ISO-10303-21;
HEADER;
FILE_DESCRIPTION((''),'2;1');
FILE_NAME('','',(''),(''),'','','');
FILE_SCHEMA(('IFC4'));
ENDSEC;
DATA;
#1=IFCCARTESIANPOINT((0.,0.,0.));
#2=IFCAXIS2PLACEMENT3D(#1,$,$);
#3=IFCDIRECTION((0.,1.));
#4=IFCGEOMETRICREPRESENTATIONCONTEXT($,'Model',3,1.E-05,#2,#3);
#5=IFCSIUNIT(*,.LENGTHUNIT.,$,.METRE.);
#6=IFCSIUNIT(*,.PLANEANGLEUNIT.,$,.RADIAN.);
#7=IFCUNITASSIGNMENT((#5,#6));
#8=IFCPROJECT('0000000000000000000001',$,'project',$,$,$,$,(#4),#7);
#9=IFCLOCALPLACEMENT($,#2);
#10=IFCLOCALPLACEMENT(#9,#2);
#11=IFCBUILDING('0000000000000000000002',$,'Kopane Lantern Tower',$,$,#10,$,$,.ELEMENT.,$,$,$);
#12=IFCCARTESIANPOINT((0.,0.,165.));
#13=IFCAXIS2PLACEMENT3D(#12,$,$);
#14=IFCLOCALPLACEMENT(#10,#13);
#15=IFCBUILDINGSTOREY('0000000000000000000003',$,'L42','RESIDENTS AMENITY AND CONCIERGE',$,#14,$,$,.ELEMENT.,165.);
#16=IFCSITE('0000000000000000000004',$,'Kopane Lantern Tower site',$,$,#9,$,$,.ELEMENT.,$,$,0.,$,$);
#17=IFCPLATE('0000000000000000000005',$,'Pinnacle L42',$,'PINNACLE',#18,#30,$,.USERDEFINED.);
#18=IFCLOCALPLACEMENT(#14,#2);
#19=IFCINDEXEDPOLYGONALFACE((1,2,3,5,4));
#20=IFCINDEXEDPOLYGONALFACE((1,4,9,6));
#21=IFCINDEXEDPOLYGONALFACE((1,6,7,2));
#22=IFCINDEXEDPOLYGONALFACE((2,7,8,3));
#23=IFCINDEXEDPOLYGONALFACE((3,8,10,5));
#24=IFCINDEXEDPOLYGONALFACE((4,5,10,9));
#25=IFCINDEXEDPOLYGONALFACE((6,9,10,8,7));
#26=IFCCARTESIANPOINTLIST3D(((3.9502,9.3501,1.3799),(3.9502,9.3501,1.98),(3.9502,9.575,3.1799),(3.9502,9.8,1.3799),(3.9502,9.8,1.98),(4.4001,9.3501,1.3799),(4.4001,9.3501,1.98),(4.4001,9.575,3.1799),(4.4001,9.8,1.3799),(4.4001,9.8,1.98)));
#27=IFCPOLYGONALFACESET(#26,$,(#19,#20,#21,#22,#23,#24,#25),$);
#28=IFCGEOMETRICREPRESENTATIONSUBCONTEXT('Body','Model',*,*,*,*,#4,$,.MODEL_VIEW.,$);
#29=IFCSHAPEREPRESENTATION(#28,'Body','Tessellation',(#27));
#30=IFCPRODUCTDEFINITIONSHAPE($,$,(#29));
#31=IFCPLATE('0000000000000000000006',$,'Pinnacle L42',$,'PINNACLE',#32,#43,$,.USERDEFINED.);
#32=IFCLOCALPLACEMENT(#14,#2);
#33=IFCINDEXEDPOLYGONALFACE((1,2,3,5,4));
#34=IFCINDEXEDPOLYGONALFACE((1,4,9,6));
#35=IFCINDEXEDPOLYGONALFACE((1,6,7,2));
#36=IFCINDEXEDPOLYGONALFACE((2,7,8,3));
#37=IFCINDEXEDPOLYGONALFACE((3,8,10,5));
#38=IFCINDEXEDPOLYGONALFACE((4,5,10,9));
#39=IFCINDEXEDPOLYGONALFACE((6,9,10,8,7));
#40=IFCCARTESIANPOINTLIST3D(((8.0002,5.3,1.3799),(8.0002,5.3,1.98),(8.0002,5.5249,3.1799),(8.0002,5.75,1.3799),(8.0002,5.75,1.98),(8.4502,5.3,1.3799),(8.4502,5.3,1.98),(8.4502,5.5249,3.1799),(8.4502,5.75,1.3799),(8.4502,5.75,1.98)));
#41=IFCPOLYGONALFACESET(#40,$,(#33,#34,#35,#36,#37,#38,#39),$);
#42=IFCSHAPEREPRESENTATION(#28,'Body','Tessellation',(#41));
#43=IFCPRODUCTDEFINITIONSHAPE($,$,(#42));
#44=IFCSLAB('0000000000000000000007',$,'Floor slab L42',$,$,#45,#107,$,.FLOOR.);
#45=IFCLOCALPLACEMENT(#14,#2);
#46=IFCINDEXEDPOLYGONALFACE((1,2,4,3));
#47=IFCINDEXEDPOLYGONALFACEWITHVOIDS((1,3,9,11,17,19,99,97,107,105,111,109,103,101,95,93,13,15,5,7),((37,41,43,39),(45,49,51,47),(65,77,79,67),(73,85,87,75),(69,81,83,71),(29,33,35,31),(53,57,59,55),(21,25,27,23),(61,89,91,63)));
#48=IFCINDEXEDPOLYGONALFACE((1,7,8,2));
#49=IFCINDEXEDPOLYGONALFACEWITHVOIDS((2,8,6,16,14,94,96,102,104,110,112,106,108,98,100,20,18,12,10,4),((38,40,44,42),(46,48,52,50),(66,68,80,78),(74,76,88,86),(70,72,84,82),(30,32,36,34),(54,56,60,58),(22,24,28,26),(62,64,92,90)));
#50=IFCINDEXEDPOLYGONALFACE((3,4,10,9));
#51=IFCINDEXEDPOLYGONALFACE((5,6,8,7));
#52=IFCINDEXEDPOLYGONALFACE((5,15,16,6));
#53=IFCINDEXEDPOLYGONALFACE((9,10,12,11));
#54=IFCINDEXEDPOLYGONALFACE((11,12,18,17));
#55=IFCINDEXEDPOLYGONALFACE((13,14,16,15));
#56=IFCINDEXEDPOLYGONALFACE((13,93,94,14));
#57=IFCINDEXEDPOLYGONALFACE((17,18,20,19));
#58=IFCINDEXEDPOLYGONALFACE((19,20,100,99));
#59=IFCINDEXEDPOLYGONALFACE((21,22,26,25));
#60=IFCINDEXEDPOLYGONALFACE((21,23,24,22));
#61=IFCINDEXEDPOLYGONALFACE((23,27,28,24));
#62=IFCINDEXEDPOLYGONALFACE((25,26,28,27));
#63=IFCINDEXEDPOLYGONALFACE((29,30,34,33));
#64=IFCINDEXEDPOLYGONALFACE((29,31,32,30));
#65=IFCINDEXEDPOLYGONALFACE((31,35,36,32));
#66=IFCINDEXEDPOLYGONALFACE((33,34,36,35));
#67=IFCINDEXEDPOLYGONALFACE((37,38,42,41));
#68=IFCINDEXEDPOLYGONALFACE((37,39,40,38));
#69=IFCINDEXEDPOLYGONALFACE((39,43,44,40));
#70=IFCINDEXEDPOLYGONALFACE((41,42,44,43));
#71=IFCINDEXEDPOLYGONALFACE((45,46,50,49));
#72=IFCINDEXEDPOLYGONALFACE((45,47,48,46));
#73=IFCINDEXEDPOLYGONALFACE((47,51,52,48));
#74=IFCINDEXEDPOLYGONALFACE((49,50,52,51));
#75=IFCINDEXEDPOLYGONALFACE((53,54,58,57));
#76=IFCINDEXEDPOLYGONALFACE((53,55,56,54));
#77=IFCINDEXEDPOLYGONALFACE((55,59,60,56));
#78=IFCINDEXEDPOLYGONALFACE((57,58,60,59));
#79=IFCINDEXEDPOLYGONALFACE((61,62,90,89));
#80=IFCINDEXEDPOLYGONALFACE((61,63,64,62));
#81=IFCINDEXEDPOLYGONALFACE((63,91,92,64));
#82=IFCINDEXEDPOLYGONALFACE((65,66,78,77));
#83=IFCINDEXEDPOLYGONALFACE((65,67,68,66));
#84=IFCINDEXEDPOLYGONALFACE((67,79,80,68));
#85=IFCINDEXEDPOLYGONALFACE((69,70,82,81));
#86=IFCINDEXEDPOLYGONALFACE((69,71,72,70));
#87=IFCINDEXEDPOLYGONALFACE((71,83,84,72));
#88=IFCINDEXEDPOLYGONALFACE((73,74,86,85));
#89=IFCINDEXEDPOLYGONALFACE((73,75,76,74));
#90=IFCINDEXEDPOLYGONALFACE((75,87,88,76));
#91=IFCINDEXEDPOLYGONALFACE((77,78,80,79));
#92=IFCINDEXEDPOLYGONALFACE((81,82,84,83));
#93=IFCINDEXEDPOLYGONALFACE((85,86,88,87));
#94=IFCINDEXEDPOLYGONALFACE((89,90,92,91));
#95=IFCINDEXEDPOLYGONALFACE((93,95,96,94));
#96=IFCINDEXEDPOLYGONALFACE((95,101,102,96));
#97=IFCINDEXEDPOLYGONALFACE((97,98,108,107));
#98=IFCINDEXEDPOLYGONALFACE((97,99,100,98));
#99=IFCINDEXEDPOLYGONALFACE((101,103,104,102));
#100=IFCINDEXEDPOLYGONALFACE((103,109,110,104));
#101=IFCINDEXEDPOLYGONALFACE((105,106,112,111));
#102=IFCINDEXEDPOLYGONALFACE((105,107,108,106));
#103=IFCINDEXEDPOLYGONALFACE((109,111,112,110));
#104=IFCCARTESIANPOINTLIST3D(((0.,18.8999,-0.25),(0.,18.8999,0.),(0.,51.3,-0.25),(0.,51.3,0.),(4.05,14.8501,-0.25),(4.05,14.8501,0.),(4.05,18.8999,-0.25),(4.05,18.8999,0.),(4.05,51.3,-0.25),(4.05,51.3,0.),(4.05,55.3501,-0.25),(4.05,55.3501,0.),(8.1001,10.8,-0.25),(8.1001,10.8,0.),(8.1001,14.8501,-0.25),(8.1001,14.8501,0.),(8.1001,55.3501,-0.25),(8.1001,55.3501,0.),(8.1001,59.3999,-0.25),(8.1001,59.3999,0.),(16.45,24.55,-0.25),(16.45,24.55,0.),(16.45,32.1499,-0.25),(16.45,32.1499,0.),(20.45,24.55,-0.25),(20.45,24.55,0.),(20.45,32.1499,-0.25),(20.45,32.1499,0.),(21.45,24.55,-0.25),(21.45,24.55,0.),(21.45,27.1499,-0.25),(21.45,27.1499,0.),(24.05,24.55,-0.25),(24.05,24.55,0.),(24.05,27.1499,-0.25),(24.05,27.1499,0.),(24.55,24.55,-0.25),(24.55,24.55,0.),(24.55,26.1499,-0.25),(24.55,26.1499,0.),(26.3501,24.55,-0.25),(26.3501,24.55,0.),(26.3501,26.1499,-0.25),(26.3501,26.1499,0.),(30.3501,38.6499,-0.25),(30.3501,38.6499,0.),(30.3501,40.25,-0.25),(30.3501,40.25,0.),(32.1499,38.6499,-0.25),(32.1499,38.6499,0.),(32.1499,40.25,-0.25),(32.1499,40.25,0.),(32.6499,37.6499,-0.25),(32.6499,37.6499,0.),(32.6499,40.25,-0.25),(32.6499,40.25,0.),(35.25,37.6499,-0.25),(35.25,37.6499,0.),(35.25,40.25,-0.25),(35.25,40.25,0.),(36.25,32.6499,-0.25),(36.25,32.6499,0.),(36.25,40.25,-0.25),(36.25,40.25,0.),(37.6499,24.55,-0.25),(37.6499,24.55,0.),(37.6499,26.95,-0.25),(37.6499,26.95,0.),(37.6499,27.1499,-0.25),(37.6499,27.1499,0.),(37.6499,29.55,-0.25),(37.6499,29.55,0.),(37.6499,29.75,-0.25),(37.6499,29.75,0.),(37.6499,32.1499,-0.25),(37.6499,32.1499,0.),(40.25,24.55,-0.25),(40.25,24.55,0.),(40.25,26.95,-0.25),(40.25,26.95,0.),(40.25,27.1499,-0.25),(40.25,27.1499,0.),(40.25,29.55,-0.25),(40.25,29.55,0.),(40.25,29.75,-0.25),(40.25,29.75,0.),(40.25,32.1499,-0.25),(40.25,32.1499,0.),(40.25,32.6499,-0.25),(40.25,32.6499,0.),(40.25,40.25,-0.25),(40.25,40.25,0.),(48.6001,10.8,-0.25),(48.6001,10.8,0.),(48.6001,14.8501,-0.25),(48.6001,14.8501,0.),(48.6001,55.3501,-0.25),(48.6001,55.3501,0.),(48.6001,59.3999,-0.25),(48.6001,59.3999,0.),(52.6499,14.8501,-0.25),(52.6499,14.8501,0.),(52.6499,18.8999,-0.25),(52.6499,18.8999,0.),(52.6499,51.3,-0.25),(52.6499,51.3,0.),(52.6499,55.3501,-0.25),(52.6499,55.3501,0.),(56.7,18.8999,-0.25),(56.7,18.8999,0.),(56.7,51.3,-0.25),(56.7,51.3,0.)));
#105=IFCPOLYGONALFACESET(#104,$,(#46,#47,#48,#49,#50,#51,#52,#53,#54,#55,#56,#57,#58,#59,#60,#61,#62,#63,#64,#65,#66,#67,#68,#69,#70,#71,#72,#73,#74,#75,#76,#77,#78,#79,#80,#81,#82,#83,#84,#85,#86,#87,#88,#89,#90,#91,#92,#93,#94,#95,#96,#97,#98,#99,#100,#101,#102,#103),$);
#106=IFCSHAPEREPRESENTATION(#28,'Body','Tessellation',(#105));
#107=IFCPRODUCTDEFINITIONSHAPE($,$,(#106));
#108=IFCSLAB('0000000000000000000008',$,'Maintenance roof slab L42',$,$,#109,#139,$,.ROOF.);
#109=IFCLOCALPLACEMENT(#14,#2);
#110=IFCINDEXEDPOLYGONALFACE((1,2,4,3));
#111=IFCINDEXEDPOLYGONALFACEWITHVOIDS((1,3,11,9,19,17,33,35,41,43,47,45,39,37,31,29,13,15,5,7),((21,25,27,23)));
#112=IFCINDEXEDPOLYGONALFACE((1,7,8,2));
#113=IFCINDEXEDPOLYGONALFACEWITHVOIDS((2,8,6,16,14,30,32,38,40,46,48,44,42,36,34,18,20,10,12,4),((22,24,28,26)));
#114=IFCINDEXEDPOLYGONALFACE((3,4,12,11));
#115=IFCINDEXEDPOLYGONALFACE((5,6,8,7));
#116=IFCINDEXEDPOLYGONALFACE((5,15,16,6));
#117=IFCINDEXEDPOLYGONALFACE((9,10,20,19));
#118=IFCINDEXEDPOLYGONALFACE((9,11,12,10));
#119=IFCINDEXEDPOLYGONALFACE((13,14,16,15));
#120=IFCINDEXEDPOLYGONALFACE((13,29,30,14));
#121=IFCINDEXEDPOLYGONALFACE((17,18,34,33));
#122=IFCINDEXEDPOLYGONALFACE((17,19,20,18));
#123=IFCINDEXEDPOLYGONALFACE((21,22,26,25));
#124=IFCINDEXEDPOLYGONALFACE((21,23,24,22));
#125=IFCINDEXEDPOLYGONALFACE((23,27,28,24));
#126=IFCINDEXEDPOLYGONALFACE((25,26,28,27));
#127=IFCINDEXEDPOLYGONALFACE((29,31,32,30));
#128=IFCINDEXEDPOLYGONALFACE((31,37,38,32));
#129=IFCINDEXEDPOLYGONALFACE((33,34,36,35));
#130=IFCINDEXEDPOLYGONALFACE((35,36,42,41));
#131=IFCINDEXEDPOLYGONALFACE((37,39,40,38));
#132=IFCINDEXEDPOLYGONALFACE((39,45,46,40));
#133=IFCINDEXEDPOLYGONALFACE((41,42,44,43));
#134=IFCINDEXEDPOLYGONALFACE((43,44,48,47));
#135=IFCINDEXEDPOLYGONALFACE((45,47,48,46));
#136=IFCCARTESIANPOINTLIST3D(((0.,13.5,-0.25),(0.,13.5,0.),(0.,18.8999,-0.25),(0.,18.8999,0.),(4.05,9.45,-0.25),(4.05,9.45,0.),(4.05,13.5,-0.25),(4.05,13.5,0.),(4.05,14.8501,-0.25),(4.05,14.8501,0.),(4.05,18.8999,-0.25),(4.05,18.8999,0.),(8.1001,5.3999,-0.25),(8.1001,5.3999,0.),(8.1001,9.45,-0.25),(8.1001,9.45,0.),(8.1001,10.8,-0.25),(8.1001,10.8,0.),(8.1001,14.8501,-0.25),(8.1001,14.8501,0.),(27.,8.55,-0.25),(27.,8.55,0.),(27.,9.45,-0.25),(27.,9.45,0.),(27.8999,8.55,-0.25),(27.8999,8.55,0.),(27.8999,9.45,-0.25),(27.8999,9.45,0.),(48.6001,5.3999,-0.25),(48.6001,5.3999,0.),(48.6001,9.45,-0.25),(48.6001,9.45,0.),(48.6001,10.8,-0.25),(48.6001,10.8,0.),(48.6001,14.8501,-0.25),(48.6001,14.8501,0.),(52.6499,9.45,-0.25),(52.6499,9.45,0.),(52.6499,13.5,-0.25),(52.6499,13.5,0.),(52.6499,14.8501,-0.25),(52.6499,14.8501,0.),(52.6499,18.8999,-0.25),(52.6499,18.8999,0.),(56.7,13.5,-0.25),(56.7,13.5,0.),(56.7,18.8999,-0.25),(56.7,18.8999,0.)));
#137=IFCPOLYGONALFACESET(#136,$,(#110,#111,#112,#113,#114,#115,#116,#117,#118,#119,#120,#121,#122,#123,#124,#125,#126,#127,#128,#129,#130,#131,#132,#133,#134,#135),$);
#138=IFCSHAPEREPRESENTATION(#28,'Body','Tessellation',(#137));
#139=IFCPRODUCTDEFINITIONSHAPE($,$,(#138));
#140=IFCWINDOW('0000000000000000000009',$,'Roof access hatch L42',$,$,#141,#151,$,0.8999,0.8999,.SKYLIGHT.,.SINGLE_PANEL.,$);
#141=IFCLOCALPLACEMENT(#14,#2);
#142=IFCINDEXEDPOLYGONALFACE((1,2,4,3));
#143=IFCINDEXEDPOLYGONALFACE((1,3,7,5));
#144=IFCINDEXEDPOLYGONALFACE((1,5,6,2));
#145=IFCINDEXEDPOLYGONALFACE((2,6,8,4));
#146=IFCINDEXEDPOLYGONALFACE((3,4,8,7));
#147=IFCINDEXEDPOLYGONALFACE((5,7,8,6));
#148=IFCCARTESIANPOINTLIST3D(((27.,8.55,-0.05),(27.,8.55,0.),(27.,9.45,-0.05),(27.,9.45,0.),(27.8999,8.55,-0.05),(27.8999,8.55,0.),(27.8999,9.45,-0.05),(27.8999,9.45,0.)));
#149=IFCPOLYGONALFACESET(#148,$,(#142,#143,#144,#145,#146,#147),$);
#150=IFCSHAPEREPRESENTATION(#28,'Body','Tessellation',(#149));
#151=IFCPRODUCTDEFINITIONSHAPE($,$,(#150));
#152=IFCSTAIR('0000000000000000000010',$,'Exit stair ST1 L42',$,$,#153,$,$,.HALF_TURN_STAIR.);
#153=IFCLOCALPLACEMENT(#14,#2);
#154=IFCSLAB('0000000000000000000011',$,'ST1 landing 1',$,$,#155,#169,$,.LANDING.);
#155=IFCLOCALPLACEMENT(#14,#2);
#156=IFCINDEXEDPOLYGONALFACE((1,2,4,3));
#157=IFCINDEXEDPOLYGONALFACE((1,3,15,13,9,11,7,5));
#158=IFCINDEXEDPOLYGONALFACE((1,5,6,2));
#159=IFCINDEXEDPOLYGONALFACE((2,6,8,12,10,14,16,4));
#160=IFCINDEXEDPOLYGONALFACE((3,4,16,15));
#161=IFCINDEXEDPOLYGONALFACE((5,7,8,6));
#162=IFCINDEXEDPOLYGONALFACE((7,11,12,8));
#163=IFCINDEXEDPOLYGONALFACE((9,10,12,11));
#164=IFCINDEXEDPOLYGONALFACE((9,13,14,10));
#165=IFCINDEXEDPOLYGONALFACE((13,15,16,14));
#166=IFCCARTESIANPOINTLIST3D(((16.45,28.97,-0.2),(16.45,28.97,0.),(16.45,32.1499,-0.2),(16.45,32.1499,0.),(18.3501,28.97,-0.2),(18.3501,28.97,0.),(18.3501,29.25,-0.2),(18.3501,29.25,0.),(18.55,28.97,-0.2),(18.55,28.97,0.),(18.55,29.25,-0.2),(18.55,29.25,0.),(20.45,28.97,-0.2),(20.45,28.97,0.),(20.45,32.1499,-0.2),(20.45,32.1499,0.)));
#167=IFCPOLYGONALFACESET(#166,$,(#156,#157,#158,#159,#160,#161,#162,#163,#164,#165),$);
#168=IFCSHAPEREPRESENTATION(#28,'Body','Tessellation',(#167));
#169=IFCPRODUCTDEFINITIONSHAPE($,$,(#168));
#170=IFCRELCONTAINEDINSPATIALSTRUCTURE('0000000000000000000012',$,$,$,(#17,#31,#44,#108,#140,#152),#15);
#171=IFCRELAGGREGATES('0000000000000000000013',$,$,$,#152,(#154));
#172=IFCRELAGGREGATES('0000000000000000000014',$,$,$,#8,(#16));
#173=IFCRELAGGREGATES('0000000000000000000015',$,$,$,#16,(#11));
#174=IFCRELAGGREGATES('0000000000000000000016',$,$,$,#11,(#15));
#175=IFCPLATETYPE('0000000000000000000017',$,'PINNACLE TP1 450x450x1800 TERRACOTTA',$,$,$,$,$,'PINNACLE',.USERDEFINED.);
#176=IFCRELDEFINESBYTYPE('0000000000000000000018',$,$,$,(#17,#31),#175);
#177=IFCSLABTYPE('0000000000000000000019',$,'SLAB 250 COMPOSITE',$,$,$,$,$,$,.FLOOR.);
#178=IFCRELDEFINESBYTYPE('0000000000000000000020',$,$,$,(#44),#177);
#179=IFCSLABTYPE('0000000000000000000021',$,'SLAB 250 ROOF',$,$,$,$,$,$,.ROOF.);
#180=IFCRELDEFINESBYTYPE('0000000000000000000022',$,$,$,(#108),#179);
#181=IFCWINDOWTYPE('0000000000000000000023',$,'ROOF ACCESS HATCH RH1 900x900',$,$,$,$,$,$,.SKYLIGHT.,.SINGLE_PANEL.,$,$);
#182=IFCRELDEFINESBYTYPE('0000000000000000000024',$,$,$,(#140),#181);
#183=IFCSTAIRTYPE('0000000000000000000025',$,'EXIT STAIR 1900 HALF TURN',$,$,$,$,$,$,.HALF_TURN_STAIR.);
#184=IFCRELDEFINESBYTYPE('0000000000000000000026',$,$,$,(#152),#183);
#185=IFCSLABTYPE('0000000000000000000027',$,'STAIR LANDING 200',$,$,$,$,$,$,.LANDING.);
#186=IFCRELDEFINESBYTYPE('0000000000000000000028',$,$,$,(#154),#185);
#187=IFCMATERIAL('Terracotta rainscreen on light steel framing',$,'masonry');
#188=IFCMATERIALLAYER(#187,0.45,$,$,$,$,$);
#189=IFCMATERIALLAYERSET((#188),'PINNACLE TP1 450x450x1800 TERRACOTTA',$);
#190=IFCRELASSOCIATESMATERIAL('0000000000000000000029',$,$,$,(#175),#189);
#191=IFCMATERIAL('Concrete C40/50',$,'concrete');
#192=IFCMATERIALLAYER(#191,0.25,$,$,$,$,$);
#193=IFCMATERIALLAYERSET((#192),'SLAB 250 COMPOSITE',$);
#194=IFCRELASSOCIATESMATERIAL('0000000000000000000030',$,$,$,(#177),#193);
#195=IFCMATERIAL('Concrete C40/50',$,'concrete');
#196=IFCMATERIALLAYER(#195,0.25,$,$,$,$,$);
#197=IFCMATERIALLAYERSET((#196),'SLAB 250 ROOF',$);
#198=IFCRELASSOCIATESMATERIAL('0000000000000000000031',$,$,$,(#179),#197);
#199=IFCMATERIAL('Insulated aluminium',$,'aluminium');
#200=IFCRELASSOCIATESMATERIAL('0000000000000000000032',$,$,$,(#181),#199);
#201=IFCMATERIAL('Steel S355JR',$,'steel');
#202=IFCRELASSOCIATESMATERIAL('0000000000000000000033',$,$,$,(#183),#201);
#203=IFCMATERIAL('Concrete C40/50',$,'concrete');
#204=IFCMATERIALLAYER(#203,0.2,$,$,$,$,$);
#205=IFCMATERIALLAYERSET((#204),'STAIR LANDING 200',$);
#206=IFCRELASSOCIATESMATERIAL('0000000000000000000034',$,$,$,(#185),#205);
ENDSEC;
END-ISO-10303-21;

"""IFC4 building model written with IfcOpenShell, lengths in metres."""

from ifc_helpers import new_model, si_unit, direction, frame, origin, origin_2d, place, context, subcontext, project, spatial, polyline, rectangle, outline, extrude, material, layer, layer_set, type_object, element, fill, aggregate, save


model = new_model("IFC4")

# Units and contexts
model_context = context("Model", 3, precision=1e-05, world=origin(), true_north=direction((0.0, 1.0)))
body_context = subcontext(model_context, "Body", "Model", "MODEL_VIEW")
ifc_project = project(units=[si_unit("LENGTHUNIT", "METRE"), si_unit("PLANEANGLEUNIT", "RADIAN")], contexts=[model_context])

# Site, building, storey
site_placement = place(None, origin())
site = spatial("IfcSite", under=ifc_project, at=site_placement, Name="Kopane Lantern Tower site", CompositionType="ELEMENT", RefElevation=0.0)
building_placement = place(site_placement, origin())
building = spatial("IfcBuilding", under=site, at=building_placement, Name="Kopane Lantern Tower", CompositionType="ELEMENT")
storey_placement = place(building_placement, frame((0.0, 0.0, 165.0)))
storey = spatial("IfcBuildingStorey", under=building, at=storey_placement, Name="L42", Description="RESIDENTS AMENITY AND CONCIERGE", CompositionType="ELEMENT", Elevation=165.0)

# Plates
ifc_material_1 = material(Name="Terracotta rainscreen on light steel framing", Category="masonry")
ifc_layer_1 = layer(ifc_material_1, 0.45)
ifc_layer_set_1 = layer_set([ifc_layer_1], Name="PINNACLE TP1 450x450x1800 TERRACOTTA")
plate_type_1 = type_object("IfcPlateType", Name="PINNACLE TP1 450x450x1800 TERRACOTTA", ElementType="PINNACLE", PredefinedType="USERDEFINED", material=ifc_layer_set_1)
for number, where, z_axis, x_axis, name in (
    (1, (4.175, 9.8, 1.3799), (0.0, 0.0, 1.0), (0.0, -1.0, 0.0), "Pinnacle L42"),
    (2, (8.2251, 5.75, 1.3799), (0.0, 0.0, 1.0), (0.0, -1.0, 0.0), "Pinnacle L42"),
):
    element("IfcPlate", number, at=place(storey_placement, frame(where, z_axis=z_axis, x_axis=x_axis)), inside=storey, type_object=plate_type_1, Name=name, ObjectType="PINNACLE", PredefinedType="USERDEFINED", context=body_context, shape_type="SweptSolid", body=[
        extrude(outline(polyline([(0.0, 0.0), (0.45, 0.0), (0.45, 0.6001), (0.2251, 1.8), (0.0, 0.6001), (0.0, 0.0)])), frame((0.0, 0.2251, 0.0), z_axis=(0.0, -1.0, 0.0), x_axis=(1.0, 0.0, 0.0)), (0.0, 0.0, 1.0), 0.45),
    ])

# Slab
ifc_material_2 = material(Name="Concrete C40/50", Category="concrete")
ifc_layer_2 = layer(ifc_material_2, 0.25)
ifc_layer_set_2 = layer_set([ifc_layer_2], Name="SLAB 250 COMPOSITE")
slab_type_1 = type_object("IfcSlabType", Name="SLAB 250 COMPOSITE", PredefinedType="FLOOR", material=ifc_layer_set_2)
slab_1_placement = place(storey_placement, frame((0.0, 0.0, -0.25)))
element("IfcSlab", 3, at=slab_1_placement, inside=storey, type_object=slab_type_1, Name="Floor slab L42", PredefinedType="FLOOR", context=body_context, shape_type="SweptSolid", body=[
    extrude(outline(polyline([(8.1001, 10.8), (48.6001, 10.8), (48.6001, 14.8501), (52.6499, 14.8501), (52.6499, 18.8999), (56.7, 18.8999), (56.7, 51.3), (52.6499, 51.3), (52.6499, 55.3501), (48.6001, 55.3501), (48.6001, 59.3999), (8.1001, 59.3999), (8.1001, 55.3501), (4.05, 55.3501), (4.05, 51.3), (0.0, 51.3), (0.0, 18.8999), (4.05, 18.8999), (4.05, 14.8501), (8.1001, 14.8501), (8.1001, 10.8)]), holes=[polyline([(16.45, 24.55), (20.45, 24.55), (20.45, 32.1499), (16.45, 32.1499), (16.45, 24.55)]), polyline([(36.25, 32.6499), (40.25, 32.6499), (40.25, 40.25), (36.25, 40.25), (36.25, 32.6499)]), polyline([(37.6499, 24.55), (40.25, 24.55), (40.25, 26.95), (37.6499, 26.95), (37.6499, 24.55)]), polyline([(37.6499, 27.1499), (40.25, 27.1499), (40.25, 29.55), (37.6499, 29.55), (37.6499, 27.1499)]), polyline([(37.6499, 29.75), (40.25, 29.75), (40.25, 32.1499), (37.6499, 32.1499), (37.6499, 29.75)]), polyline([(21.45, 24.55), (24.05, 24.55), (24.05, 27.1499), (21.45, 27.1499), (21.45, 24.55)]), polyline([(32.6499, 37.6499), (35.25, 37.6499), (35.25, 40.25), (32.6499, 40.25), (32.6499, 37.6499)]), polyline([(24.55, 24.55), (26.3501, 24.55), (26.3501, 26.1499), (24.55, 26.1499), (24.55, 24.55)]), polyline([(30.3501, 38.6499), (32.1499, 38.6499), (32.1499, 40.25), (30.3501, 40.25), (30.3501, 38.6499)])]), origin(), (0.0, 0.0, 1.0), 0.25),
])

# Slab, opening, window
ifc_material_3 = material(Name="Concrete C40/50", Category="concrete")
ifc_layer_3 = layer(ifc_material_3, 0.25)
ifc_layer_set_3 = layer_set([ifc_layer_3], Name="SLAB 250 ROOF")
slab_type_2 = type_object("IfcSlabType", Name="SLAB 250 ROOF", PredefinedType="ROOF", material=ifc_layer_set_3)
slab_2_placement = place(storey_placement, frame((0.0, 0.0, -0.25)))
slab_2 = element("IfcSlab", 4, at=slab_2_placement, inside=storey, type_object=slab_type_2, Name="Maintenance roof slab L42", PredefinedType="ROOF", context=body_context, shape_type="SweptSolid", body=[
    extrude(outline(polyline([(56.7, 13.5), (52.6499, 13.5), (52.6499, 9.45), (48.6001, 9.45), (48.6001, 5.3999), (8.1001, 5.3999), (8.1001, 9.45), (4.05, 9.45), (4.05, 13.5), (0.0, 13.5), (0.0, 18.8999), (4.05, 18.8999), (4.05, 14.8501), (8.1001, 14.8501), (8.1001, 10.8), (48.6001, 10.8), (48.6001, 14.8501), (52.6499, 14.8501), (52.6499, 18.8999), (56.7, 18.8999), (56.7, 13.5)])), origin(), (0.0, 0.0, 1.0), 0.25),
])
opening_placement = place(slab_2_placement, frame((27.45, 9.0, 0.0)))
opening = element("IfcOpeningElement", 5, at=opening_placement, cuts=slab_2, PredefinedType="OPENING", context=body_context, shape_type="SweptSolid", body=[
    extrude(rectangle(XDim=0.8999, YDim=0.8999, at=origin_2d()), origin(), (0.0, 0.0, 1.0), 0.25),
])
ifc_material_4 = material(Name="Insulated aluminium", Category="aluminium")
window_type = type_object("IfcWindowType", Name="ROOF ACCESS HATCH RH1 900x900", PartitioningType="SINGLE_PANEL", PredefinedType="SKYLIGHT", material=ifc_material_4)
window_placement = place(opening_placement, frame((0.0, 0.0, 0.2)))
window = element("IfcWindow", 6, at=window_placement, inside=storey, type_object=window_type, Name="Roof access hatch L42", OverallHeight=0.8999, OverallWidth=0.8999, PartitioningType="SINGLE_PANEL", PredefinedType="SKYLIGHT", context=body_context, shape_type="SweptSolid", body=[
    extrude(rectangle(XDim=0.8999, YDim=0.8999, at=origin_2d()), origin(), (0.0, 0.0, 1.0), 0.05),
])
fill(opening, window)

# Stair, slab
ifc_material_5 = material(Name="Steel S355JR", Category="steel")
stair_type = type_object("IfcStairType", Name="EXIT STAIR 1900 HALF TURN", PredefinedType="HALF_TURN_STAIR", material=ifc_material_5)
stair_1_placement = place(storey_placement, origin())
stair_1 = element("IfcStair", 7, at=stair_1_placement, inside=storey, type_object=stair_type, Name="Exit stair ST1 L42", PredefinedType="HALF_TURN_STAIR")
ifc_material_6 = material(Name="Concrete C40/50", Category="concrete")
ifc_layer_4 = layer(ifc_material_6, 0.2)
ifc_layer_set_4 = layer_set([ifc_layer_4], Name="STAIR LANDING 200")
slab_type_3 = type_object("IfcSlabType", Name="STAIR LANDING 200", PredefinedType="LANDING", material=ifc_layer_set_4)
slab_3_placement = place(storey_placement, frame((0.0, 0.0, -0.2)))
slab_3 = element("IfcSlab", 8, at=slab_3_placement, type_object=slab_type_3, Name="ST1 landing 1", PredefinedType="LANDING", context=body_context, shape_type="SweptSolid", body=[
    extrude(outline(polyline([(18.3501, 29.25), (18.55, 29.25), (18.55, 28.97), (20.45, 28.97), (20.45, 32.1499), (16.45, 32.1499), (16.45, 28.97), (18.3501, 28.97), (18.3501, 29.25)])), origin(), (0.0, 0.0, 1.0), 0.2),
])
aggregate(stair_1, [slab_3])

save(model, "model.ifc")
